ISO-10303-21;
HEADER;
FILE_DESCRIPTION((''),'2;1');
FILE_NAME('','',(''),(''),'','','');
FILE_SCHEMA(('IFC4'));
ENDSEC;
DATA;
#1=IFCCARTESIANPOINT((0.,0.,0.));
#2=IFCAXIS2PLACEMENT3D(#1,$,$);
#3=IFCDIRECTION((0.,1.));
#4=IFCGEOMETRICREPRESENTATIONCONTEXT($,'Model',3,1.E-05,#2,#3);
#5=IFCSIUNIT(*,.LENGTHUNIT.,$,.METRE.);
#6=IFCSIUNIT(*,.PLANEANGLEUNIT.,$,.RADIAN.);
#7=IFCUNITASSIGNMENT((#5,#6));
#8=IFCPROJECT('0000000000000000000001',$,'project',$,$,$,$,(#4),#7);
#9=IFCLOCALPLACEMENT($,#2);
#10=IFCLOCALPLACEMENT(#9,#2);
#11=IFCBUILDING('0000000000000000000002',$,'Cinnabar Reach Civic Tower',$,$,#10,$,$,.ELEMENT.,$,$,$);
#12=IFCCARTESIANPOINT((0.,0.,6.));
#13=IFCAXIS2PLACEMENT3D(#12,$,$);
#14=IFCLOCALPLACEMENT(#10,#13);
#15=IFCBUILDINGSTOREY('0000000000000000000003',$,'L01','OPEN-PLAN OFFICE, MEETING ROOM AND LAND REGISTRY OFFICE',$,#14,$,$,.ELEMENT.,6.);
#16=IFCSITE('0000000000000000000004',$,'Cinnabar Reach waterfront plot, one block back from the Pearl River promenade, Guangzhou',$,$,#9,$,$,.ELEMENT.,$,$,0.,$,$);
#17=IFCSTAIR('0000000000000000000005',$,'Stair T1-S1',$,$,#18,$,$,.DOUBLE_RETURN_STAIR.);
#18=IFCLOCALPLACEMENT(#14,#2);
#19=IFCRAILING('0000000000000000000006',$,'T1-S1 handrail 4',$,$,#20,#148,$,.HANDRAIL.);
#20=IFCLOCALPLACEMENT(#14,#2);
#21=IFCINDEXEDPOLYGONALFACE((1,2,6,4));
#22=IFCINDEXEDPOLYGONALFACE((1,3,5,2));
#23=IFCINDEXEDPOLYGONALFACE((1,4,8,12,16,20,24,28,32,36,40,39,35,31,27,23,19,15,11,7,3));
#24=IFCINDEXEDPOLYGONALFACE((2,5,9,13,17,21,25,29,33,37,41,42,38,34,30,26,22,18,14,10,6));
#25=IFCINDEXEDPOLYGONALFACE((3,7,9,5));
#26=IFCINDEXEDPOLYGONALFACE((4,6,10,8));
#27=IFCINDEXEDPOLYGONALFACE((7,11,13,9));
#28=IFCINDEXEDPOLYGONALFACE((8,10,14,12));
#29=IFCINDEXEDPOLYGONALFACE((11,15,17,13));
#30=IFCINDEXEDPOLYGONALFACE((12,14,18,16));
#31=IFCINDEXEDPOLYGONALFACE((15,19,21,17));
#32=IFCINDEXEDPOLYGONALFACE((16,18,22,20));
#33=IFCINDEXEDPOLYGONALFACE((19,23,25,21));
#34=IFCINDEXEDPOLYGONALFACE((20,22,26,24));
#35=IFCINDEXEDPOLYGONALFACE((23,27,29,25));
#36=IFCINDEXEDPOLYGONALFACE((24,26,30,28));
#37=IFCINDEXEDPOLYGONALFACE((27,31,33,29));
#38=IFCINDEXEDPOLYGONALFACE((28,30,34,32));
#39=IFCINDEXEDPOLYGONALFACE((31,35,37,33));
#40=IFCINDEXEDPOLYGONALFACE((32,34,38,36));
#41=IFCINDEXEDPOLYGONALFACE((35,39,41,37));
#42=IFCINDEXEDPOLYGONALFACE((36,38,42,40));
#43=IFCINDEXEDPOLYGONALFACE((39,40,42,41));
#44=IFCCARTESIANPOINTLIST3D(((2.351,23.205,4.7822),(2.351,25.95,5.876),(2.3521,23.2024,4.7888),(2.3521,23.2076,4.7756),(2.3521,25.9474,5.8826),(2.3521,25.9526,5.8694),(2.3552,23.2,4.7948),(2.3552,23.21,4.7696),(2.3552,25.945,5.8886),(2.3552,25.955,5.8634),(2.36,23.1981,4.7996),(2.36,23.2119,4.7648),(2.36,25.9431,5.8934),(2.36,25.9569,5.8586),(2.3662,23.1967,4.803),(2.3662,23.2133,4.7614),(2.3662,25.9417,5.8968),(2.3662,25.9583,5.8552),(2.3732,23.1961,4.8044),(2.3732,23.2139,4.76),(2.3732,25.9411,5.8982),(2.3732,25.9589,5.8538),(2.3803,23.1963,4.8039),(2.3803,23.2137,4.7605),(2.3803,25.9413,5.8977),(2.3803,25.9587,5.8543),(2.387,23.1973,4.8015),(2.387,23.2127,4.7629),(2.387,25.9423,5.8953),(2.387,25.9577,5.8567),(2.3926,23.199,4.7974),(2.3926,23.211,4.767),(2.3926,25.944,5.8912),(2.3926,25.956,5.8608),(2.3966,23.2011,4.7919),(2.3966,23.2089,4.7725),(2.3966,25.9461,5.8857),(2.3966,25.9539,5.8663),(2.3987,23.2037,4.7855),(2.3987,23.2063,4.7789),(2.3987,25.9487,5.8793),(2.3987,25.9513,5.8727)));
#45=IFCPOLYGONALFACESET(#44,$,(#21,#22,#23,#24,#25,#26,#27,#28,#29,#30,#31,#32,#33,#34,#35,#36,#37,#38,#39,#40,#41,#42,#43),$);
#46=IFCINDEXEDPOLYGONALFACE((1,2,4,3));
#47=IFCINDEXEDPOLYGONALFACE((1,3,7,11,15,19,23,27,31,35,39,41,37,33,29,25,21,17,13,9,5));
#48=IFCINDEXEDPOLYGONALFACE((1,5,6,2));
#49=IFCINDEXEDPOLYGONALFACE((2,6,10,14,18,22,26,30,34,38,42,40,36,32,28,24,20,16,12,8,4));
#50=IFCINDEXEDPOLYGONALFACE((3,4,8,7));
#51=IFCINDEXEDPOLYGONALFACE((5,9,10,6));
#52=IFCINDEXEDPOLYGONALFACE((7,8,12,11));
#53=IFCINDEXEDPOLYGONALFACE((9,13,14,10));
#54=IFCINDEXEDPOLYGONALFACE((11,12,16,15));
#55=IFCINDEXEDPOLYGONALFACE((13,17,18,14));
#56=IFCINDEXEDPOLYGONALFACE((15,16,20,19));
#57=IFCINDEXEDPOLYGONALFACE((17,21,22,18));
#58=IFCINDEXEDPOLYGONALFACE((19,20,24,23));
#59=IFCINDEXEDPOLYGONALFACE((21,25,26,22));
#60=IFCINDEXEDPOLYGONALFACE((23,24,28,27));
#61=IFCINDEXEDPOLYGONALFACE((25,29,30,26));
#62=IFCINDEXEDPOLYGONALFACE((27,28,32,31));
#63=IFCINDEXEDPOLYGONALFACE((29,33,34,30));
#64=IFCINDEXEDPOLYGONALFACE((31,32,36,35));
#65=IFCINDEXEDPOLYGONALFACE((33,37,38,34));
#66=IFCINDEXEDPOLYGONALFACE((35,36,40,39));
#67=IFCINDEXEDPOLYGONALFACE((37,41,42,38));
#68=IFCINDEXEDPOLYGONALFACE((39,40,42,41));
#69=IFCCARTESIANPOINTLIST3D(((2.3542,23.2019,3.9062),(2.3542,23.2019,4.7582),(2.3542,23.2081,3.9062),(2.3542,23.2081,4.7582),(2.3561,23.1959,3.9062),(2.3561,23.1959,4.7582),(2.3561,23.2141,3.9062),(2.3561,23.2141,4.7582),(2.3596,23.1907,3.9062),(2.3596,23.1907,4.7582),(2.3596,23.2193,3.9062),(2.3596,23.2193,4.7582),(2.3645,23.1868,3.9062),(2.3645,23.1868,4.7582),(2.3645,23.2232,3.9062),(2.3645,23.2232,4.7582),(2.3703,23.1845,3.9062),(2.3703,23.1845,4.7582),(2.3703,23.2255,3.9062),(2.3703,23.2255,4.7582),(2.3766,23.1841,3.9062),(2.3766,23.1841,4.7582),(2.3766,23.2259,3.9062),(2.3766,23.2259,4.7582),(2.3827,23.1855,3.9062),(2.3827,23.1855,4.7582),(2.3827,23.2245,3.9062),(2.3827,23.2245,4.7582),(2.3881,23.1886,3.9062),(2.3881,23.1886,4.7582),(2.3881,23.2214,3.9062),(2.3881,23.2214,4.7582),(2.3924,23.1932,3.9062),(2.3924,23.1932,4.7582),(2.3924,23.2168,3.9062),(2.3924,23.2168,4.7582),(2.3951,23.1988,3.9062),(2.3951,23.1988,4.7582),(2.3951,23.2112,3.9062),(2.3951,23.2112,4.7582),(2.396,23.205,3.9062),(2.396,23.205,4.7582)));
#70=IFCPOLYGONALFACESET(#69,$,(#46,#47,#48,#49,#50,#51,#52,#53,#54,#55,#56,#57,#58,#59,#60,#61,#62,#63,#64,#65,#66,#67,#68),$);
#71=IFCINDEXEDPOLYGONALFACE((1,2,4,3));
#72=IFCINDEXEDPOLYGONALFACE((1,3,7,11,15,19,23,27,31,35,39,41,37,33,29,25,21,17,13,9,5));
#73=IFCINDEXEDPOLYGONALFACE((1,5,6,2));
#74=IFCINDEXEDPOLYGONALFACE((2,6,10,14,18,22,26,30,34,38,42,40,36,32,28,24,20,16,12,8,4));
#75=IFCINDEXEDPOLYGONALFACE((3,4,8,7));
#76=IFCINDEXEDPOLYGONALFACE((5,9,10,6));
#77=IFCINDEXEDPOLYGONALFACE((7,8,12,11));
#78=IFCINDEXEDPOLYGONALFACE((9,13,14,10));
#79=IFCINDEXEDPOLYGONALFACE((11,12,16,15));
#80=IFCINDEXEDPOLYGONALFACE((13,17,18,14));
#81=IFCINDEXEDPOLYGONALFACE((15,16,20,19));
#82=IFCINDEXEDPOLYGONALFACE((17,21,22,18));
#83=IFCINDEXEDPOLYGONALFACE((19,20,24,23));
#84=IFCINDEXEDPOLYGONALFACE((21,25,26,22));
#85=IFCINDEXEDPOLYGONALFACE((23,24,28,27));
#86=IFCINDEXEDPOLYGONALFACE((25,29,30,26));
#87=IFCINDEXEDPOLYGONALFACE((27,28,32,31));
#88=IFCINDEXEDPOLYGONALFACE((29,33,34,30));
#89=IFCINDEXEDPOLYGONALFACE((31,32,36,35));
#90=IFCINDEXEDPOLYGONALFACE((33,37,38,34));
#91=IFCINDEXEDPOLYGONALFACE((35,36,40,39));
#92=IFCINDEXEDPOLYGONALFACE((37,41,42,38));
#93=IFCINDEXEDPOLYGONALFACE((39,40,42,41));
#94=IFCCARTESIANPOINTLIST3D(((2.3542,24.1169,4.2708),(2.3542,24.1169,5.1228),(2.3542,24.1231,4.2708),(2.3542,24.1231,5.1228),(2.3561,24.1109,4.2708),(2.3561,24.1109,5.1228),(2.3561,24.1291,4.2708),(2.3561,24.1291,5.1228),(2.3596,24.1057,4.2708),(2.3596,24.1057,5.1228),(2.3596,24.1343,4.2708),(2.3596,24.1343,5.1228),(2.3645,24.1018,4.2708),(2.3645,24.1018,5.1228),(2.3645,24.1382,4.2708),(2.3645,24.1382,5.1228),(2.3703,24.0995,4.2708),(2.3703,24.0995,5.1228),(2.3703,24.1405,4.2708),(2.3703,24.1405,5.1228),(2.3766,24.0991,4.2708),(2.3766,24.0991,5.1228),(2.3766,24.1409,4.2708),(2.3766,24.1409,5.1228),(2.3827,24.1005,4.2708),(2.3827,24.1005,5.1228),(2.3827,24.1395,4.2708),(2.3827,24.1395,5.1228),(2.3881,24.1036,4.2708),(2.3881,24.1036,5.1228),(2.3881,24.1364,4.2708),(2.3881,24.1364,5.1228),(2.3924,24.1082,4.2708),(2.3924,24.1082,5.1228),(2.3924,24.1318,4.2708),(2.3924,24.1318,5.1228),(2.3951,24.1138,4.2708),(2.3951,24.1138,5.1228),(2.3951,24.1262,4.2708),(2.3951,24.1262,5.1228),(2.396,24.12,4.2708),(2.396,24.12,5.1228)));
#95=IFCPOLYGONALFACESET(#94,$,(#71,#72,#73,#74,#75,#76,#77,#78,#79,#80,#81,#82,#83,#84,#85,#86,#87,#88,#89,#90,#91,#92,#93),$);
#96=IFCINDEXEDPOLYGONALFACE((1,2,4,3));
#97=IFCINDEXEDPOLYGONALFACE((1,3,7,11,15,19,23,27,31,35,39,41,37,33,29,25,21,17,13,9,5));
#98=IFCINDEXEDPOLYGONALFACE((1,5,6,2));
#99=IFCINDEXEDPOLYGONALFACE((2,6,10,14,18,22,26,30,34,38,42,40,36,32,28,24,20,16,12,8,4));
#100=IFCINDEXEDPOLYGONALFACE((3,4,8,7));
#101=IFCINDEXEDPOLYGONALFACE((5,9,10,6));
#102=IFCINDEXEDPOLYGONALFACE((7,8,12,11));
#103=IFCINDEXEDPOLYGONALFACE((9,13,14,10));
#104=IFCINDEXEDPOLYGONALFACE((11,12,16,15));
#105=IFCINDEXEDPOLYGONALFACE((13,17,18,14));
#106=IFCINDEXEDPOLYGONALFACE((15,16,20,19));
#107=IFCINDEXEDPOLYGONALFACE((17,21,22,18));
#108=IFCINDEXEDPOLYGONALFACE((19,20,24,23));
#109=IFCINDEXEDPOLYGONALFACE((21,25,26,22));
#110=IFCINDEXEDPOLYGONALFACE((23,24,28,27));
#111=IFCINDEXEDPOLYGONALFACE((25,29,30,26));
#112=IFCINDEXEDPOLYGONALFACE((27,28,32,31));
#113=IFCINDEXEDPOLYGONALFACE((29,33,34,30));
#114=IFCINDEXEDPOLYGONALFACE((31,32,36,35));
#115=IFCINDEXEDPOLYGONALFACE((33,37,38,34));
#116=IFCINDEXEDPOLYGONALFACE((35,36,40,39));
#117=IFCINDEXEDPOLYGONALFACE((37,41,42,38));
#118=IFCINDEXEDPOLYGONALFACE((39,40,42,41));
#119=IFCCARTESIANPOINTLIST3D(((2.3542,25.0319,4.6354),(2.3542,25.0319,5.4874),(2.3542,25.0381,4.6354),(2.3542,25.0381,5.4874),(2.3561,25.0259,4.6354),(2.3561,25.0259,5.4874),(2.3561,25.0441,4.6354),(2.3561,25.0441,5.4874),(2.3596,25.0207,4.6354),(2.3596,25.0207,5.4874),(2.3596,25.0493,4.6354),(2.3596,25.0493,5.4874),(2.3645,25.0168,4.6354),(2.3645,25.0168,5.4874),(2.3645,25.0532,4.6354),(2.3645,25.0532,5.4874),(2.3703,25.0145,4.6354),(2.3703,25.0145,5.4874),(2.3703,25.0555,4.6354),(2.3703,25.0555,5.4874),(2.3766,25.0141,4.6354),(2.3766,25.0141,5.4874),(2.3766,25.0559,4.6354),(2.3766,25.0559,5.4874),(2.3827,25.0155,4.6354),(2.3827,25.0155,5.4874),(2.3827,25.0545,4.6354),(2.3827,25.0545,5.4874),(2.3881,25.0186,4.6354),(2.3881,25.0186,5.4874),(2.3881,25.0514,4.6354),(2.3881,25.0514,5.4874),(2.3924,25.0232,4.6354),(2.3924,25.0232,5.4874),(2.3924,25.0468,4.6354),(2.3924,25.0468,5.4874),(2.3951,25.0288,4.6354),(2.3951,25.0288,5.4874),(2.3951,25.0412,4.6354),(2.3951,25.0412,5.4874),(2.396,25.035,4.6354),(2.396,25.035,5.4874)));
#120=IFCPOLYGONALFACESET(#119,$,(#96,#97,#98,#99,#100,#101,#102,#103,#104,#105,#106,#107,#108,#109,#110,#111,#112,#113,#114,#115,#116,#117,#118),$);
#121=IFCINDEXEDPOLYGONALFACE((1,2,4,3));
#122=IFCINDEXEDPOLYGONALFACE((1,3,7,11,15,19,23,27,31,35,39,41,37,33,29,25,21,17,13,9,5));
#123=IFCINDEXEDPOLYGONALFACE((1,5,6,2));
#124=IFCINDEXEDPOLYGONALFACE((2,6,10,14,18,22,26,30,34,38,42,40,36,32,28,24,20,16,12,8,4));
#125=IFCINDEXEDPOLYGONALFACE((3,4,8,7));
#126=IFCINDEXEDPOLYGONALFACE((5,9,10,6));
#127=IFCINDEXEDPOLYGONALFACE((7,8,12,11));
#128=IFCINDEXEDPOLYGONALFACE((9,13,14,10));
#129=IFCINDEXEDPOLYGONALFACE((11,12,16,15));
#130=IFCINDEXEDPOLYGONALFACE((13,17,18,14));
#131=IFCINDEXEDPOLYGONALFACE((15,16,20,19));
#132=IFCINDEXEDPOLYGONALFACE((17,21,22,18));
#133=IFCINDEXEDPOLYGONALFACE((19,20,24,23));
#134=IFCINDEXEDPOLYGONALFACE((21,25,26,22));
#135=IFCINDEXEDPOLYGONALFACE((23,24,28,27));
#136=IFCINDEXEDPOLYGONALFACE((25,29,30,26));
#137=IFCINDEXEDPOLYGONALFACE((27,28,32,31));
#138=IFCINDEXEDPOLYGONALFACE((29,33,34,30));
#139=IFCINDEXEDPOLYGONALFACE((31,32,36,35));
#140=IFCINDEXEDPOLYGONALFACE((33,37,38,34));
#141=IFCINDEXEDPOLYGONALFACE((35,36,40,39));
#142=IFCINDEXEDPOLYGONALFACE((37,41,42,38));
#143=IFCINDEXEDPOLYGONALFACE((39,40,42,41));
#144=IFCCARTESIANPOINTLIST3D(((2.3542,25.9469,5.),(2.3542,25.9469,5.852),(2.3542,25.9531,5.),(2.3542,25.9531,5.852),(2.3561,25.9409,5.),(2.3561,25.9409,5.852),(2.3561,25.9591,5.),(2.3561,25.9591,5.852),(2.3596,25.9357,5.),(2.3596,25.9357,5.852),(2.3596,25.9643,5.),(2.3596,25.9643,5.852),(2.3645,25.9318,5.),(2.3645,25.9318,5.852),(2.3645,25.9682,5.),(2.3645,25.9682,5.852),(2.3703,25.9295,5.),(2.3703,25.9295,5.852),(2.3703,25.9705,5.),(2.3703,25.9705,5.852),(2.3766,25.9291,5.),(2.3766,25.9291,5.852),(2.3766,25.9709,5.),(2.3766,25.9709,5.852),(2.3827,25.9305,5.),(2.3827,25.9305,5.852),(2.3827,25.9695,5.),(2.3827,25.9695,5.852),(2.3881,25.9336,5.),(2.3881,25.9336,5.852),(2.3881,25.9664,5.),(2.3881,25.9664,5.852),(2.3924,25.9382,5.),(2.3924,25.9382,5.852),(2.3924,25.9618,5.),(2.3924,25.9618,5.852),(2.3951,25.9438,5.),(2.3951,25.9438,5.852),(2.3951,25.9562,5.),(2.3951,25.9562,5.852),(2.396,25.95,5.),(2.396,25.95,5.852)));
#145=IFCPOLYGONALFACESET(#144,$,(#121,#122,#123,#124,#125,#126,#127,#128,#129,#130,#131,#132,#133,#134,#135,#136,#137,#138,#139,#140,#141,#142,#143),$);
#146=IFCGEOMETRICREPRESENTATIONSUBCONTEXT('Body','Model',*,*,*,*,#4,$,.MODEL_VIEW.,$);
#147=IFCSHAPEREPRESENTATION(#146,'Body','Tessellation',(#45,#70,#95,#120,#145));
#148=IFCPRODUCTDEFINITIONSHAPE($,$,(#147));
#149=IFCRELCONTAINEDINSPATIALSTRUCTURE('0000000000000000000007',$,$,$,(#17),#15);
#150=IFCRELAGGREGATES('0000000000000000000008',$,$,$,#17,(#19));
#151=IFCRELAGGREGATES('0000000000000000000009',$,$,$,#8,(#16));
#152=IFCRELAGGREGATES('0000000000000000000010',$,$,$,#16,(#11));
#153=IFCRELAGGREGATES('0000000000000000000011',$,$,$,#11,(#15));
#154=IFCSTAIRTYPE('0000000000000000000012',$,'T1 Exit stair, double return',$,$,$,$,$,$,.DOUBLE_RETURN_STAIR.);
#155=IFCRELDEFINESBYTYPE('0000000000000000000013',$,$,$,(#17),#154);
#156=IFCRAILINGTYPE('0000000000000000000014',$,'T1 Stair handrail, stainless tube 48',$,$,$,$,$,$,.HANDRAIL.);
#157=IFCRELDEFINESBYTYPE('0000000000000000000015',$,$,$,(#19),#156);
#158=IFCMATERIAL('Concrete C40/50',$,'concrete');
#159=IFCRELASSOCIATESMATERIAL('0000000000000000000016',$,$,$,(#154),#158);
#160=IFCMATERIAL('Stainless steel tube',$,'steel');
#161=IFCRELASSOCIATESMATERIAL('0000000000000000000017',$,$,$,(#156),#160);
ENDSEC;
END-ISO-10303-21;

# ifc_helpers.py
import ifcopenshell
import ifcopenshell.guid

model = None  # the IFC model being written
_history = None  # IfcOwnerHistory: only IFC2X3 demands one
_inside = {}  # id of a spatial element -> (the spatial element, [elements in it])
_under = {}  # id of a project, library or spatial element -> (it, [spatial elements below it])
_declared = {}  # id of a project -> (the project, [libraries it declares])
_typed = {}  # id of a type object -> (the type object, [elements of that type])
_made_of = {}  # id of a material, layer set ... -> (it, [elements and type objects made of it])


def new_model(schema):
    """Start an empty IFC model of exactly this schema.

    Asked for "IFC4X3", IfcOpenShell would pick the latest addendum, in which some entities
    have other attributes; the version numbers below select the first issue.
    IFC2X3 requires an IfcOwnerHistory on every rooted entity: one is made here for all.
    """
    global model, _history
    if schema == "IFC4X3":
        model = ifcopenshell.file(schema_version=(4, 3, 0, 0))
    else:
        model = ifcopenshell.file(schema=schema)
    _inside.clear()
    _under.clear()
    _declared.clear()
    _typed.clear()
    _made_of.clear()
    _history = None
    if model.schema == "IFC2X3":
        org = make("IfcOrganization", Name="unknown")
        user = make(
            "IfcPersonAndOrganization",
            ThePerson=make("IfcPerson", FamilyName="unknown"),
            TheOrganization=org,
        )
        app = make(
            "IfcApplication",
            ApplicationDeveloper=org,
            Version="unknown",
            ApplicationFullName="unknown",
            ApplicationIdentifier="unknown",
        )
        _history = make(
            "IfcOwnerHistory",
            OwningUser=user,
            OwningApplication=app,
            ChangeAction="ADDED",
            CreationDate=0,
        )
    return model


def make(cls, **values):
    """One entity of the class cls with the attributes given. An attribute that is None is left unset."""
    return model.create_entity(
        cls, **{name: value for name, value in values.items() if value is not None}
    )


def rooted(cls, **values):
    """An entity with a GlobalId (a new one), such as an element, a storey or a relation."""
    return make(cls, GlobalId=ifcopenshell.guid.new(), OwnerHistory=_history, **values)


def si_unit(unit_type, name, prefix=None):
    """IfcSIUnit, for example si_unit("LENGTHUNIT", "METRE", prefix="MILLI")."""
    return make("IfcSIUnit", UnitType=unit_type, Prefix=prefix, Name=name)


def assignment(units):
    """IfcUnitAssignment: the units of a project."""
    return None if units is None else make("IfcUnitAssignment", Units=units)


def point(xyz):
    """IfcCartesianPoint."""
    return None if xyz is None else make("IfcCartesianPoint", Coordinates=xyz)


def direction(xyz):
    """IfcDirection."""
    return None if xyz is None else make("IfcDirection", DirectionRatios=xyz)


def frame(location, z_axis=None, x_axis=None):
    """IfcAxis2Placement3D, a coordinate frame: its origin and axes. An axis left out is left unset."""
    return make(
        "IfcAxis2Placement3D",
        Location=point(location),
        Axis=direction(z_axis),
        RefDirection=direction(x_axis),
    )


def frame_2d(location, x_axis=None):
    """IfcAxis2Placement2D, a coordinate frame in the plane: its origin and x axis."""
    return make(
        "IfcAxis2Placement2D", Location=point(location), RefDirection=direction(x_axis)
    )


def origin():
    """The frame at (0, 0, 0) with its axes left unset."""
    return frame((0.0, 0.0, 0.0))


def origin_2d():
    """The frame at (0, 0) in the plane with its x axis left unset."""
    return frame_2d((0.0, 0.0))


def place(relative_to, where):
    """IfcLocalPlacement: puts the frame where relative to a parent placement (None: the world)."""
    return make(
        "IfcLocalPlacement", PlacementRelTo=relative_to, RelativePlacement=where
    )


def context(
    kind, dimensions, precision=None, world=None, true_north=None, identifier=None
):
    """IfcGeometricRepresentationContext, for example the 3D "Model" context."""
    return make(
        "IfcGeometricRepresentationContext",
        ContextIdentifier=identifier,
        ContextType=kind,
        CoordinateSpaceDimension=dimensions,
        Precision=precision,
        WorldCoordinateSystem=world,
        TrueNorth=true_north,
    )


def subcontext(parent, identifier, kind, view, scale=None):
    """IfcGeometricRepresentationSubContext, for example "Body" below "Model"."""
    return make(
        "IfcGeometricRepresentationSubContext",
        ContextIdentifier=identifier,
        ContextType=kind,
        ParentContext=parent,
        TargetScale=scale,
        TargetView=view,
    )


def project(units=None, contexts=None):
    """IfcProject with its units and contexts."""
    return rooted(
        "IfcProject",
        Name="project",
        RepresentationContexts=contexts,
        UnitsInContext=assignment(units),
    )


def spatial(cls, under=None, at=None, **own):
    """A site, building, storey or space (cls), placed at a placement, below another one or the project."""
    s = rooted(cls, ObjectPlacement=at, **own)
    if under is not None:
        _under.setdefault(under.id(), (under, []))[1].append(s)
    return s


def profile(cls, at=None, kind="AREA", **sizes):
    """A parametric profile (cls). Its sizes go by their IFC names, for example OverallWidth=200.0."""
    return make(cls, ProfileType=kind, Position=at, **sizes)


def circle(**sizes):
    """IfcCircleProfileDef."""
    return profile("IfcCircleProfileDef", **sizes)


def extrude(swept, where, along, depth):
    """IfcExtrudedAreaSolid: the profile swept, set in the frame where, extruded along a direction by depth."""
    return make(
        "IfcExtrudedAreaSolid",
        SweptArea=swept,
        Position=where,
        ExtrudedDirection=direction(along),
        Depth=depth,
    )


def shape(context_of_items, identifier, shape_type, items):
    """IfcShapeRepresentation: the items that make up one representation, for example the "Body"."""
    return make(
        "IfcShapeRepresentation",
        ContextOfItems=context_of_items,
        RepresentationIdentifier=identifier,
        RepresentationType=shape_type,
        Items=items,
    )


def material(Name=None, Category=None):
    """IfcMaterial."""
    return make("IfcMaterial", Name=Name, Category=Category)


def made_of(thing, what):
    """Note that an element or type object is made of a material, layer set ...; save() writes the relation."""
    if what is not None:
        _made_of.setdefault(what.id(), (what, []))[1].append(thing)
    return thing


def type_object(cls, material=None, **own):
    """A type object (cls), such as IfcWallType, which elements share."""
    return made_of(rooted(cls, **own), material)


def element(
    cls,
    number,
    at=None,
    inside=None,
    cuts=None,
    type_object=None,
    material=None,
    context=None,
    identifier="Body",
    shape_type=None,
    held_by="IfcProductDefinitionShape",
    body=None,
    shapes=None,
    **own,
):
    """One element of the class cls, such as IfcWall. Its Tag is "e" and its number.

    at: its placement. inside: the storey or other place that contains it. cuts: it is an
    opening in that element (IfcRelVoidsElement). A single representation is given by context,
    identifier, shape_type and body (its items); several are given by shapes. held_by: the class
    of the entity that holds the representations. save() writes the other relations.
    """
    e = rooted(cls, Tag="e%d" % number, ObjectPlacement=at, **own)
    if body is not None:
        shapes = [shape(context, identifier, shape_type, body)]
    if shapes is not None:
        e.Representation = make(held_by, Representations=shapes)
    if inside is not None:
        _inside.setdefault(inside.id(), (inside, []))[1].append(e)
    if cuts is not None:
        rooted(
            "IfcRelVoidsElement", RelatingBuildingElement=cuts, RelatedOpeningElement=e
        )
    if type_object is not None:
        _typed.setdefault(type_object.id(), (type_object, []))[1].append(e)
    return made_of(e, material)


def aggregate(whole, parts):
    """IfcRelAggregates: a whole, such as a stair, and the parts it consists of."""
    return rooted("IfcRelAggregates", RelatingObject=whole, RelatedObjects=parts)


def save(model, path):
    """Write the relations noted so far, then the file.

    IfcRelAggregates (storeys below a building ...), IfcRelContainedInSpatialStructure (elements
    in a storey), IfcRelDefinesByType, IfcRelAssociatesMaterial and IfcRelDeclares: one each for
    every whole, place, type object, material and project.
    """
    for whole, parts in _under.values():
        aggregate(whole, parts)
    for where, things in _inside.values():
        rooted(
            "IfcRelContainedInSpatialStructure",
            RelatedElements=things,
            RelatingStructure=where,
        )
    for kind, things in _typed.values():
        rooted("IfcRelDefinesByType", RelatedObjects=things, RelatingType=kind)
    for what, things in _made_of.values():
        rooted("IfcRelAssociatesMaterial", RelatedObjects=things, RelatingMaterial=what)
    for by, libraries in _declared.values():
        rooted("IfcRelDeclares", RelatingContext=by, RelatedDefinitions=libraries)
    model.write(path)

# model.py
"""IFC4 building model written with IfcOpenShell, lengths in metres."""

from ifc_helpers import new_model, si_unit, direction, frame, origin, origin_2d, place, context, subcontext, project, spatial, circle, extrude, material, type_object, element, aggregate, save


model = new_model("IFC4")

# Units and contexts
model_context = context("Model", 3, precision=1e-05, world=origin(), true_north=direction((0.0, 1.0)))
body_context = subcontext(model_context, "Body", "Model", "MODEL_VIEW")
ifc_project = project(units=[si_unit("LENGTHUNIT", "METRE"), si_unit("PLANEANGLEUNIT", "RADIAN")], contexts=[model_context])

# Site, building, storey
site_placement = place(None, origin())
site = spatial("IfcSite", under=ifc_project, at=site_placement, Name="Cinnabar Reach waterfront plot, one block back from the Pearl River promenade, Guangzhou", CompositionType="ELEMENT", RefElevation=0.0)
building_placement = place(site_placement, origin())
building = spatial("IfcBuilding", under=site, at=building_placement, Name="Cinnabar Reach Civic Tower", CompositionType="ELEMENT")
storey_placement = place(building_placement, frame((0.0, 0.0, 6.0)))
storey = spatial("IfcBuildingStorey", under=building, at=storey_placement, Name="L01", Description="OPEN-PLAN OFFICE, MEETING ROOM AND LAND REGISTRY OFFICE", CompositionType="ELEMENT", Elevation=6.0)

# Shared definitions
ifc_material_1 = material(Name="Concrete C40/50", Category="concrete")

# Stair, railing
stair_type = type_object("IfcStairType", Name="T1 Exit stair, double return", PredefinedType="DOUBLE_RETURN_STAIR", material=ifc_material_1)
stair_1_placement = place(storey_placement, origin())
stair_1 = element("IfcStair", 1, at=stair_1_placement, inside=storey, type_object=stair_type, Name="Stair T1-S1", PredefinedType="DOUBLE_RETURN_STAIR")
ifc_material_2 = material(Name="Stainless steel tube", Category="steel")
railing_type_1 = type_object("IfcRailingType", Name="T1 Stair handrail, stainless tube 48", PredefinedType="HANDRAIL", material=ifc_material_2)
railing_1_placement = place(storey_placement, frame((2.375, 23.205, 3.9062)))
railing_1 = element("IfcRailing", 2, at=railing_1_placement, type_object=railing_type_1, Name="T1-S1 handrail 4", PredefinedType="HANDRAIL", context=body_context, shape_type="SweptSolid", body=[
    extrude(circle(Radius=0.024, at=origin_2d()), frame((0.0, 0.0, 0.876), z_axis=(0.0, 0.928966, 0.370165), x_axis=(-1.0, 0.0, 0.0)), (0.0, 0.0, 1.0), 2.9549),
    extrude(circle(Radius=0.021, at=origin_2d()), origin(), (0.0, 0.0, 1.0), 0.852),
    extrude(circle(Radius=0.021, at=origin_2d()), frame((0.0, 0.915, 0.3646)), (0.0, 0.0, 1.0), 0.852),
    extrude(circle(Radius=0.021, at=origin_2d()), frame((0.0, 1.83, 0.7292)), (0.0, 0.0, 1.0), 0.852),
    extrude(circle(Radius=0.021, at=origin_2d()), frame((0.0, 2.745, 1.0938)), (0.0, 0.0, 1.0), 0.852),
])
aggregate(stair_1, [railing_1])

save(model, "model.ifc")
